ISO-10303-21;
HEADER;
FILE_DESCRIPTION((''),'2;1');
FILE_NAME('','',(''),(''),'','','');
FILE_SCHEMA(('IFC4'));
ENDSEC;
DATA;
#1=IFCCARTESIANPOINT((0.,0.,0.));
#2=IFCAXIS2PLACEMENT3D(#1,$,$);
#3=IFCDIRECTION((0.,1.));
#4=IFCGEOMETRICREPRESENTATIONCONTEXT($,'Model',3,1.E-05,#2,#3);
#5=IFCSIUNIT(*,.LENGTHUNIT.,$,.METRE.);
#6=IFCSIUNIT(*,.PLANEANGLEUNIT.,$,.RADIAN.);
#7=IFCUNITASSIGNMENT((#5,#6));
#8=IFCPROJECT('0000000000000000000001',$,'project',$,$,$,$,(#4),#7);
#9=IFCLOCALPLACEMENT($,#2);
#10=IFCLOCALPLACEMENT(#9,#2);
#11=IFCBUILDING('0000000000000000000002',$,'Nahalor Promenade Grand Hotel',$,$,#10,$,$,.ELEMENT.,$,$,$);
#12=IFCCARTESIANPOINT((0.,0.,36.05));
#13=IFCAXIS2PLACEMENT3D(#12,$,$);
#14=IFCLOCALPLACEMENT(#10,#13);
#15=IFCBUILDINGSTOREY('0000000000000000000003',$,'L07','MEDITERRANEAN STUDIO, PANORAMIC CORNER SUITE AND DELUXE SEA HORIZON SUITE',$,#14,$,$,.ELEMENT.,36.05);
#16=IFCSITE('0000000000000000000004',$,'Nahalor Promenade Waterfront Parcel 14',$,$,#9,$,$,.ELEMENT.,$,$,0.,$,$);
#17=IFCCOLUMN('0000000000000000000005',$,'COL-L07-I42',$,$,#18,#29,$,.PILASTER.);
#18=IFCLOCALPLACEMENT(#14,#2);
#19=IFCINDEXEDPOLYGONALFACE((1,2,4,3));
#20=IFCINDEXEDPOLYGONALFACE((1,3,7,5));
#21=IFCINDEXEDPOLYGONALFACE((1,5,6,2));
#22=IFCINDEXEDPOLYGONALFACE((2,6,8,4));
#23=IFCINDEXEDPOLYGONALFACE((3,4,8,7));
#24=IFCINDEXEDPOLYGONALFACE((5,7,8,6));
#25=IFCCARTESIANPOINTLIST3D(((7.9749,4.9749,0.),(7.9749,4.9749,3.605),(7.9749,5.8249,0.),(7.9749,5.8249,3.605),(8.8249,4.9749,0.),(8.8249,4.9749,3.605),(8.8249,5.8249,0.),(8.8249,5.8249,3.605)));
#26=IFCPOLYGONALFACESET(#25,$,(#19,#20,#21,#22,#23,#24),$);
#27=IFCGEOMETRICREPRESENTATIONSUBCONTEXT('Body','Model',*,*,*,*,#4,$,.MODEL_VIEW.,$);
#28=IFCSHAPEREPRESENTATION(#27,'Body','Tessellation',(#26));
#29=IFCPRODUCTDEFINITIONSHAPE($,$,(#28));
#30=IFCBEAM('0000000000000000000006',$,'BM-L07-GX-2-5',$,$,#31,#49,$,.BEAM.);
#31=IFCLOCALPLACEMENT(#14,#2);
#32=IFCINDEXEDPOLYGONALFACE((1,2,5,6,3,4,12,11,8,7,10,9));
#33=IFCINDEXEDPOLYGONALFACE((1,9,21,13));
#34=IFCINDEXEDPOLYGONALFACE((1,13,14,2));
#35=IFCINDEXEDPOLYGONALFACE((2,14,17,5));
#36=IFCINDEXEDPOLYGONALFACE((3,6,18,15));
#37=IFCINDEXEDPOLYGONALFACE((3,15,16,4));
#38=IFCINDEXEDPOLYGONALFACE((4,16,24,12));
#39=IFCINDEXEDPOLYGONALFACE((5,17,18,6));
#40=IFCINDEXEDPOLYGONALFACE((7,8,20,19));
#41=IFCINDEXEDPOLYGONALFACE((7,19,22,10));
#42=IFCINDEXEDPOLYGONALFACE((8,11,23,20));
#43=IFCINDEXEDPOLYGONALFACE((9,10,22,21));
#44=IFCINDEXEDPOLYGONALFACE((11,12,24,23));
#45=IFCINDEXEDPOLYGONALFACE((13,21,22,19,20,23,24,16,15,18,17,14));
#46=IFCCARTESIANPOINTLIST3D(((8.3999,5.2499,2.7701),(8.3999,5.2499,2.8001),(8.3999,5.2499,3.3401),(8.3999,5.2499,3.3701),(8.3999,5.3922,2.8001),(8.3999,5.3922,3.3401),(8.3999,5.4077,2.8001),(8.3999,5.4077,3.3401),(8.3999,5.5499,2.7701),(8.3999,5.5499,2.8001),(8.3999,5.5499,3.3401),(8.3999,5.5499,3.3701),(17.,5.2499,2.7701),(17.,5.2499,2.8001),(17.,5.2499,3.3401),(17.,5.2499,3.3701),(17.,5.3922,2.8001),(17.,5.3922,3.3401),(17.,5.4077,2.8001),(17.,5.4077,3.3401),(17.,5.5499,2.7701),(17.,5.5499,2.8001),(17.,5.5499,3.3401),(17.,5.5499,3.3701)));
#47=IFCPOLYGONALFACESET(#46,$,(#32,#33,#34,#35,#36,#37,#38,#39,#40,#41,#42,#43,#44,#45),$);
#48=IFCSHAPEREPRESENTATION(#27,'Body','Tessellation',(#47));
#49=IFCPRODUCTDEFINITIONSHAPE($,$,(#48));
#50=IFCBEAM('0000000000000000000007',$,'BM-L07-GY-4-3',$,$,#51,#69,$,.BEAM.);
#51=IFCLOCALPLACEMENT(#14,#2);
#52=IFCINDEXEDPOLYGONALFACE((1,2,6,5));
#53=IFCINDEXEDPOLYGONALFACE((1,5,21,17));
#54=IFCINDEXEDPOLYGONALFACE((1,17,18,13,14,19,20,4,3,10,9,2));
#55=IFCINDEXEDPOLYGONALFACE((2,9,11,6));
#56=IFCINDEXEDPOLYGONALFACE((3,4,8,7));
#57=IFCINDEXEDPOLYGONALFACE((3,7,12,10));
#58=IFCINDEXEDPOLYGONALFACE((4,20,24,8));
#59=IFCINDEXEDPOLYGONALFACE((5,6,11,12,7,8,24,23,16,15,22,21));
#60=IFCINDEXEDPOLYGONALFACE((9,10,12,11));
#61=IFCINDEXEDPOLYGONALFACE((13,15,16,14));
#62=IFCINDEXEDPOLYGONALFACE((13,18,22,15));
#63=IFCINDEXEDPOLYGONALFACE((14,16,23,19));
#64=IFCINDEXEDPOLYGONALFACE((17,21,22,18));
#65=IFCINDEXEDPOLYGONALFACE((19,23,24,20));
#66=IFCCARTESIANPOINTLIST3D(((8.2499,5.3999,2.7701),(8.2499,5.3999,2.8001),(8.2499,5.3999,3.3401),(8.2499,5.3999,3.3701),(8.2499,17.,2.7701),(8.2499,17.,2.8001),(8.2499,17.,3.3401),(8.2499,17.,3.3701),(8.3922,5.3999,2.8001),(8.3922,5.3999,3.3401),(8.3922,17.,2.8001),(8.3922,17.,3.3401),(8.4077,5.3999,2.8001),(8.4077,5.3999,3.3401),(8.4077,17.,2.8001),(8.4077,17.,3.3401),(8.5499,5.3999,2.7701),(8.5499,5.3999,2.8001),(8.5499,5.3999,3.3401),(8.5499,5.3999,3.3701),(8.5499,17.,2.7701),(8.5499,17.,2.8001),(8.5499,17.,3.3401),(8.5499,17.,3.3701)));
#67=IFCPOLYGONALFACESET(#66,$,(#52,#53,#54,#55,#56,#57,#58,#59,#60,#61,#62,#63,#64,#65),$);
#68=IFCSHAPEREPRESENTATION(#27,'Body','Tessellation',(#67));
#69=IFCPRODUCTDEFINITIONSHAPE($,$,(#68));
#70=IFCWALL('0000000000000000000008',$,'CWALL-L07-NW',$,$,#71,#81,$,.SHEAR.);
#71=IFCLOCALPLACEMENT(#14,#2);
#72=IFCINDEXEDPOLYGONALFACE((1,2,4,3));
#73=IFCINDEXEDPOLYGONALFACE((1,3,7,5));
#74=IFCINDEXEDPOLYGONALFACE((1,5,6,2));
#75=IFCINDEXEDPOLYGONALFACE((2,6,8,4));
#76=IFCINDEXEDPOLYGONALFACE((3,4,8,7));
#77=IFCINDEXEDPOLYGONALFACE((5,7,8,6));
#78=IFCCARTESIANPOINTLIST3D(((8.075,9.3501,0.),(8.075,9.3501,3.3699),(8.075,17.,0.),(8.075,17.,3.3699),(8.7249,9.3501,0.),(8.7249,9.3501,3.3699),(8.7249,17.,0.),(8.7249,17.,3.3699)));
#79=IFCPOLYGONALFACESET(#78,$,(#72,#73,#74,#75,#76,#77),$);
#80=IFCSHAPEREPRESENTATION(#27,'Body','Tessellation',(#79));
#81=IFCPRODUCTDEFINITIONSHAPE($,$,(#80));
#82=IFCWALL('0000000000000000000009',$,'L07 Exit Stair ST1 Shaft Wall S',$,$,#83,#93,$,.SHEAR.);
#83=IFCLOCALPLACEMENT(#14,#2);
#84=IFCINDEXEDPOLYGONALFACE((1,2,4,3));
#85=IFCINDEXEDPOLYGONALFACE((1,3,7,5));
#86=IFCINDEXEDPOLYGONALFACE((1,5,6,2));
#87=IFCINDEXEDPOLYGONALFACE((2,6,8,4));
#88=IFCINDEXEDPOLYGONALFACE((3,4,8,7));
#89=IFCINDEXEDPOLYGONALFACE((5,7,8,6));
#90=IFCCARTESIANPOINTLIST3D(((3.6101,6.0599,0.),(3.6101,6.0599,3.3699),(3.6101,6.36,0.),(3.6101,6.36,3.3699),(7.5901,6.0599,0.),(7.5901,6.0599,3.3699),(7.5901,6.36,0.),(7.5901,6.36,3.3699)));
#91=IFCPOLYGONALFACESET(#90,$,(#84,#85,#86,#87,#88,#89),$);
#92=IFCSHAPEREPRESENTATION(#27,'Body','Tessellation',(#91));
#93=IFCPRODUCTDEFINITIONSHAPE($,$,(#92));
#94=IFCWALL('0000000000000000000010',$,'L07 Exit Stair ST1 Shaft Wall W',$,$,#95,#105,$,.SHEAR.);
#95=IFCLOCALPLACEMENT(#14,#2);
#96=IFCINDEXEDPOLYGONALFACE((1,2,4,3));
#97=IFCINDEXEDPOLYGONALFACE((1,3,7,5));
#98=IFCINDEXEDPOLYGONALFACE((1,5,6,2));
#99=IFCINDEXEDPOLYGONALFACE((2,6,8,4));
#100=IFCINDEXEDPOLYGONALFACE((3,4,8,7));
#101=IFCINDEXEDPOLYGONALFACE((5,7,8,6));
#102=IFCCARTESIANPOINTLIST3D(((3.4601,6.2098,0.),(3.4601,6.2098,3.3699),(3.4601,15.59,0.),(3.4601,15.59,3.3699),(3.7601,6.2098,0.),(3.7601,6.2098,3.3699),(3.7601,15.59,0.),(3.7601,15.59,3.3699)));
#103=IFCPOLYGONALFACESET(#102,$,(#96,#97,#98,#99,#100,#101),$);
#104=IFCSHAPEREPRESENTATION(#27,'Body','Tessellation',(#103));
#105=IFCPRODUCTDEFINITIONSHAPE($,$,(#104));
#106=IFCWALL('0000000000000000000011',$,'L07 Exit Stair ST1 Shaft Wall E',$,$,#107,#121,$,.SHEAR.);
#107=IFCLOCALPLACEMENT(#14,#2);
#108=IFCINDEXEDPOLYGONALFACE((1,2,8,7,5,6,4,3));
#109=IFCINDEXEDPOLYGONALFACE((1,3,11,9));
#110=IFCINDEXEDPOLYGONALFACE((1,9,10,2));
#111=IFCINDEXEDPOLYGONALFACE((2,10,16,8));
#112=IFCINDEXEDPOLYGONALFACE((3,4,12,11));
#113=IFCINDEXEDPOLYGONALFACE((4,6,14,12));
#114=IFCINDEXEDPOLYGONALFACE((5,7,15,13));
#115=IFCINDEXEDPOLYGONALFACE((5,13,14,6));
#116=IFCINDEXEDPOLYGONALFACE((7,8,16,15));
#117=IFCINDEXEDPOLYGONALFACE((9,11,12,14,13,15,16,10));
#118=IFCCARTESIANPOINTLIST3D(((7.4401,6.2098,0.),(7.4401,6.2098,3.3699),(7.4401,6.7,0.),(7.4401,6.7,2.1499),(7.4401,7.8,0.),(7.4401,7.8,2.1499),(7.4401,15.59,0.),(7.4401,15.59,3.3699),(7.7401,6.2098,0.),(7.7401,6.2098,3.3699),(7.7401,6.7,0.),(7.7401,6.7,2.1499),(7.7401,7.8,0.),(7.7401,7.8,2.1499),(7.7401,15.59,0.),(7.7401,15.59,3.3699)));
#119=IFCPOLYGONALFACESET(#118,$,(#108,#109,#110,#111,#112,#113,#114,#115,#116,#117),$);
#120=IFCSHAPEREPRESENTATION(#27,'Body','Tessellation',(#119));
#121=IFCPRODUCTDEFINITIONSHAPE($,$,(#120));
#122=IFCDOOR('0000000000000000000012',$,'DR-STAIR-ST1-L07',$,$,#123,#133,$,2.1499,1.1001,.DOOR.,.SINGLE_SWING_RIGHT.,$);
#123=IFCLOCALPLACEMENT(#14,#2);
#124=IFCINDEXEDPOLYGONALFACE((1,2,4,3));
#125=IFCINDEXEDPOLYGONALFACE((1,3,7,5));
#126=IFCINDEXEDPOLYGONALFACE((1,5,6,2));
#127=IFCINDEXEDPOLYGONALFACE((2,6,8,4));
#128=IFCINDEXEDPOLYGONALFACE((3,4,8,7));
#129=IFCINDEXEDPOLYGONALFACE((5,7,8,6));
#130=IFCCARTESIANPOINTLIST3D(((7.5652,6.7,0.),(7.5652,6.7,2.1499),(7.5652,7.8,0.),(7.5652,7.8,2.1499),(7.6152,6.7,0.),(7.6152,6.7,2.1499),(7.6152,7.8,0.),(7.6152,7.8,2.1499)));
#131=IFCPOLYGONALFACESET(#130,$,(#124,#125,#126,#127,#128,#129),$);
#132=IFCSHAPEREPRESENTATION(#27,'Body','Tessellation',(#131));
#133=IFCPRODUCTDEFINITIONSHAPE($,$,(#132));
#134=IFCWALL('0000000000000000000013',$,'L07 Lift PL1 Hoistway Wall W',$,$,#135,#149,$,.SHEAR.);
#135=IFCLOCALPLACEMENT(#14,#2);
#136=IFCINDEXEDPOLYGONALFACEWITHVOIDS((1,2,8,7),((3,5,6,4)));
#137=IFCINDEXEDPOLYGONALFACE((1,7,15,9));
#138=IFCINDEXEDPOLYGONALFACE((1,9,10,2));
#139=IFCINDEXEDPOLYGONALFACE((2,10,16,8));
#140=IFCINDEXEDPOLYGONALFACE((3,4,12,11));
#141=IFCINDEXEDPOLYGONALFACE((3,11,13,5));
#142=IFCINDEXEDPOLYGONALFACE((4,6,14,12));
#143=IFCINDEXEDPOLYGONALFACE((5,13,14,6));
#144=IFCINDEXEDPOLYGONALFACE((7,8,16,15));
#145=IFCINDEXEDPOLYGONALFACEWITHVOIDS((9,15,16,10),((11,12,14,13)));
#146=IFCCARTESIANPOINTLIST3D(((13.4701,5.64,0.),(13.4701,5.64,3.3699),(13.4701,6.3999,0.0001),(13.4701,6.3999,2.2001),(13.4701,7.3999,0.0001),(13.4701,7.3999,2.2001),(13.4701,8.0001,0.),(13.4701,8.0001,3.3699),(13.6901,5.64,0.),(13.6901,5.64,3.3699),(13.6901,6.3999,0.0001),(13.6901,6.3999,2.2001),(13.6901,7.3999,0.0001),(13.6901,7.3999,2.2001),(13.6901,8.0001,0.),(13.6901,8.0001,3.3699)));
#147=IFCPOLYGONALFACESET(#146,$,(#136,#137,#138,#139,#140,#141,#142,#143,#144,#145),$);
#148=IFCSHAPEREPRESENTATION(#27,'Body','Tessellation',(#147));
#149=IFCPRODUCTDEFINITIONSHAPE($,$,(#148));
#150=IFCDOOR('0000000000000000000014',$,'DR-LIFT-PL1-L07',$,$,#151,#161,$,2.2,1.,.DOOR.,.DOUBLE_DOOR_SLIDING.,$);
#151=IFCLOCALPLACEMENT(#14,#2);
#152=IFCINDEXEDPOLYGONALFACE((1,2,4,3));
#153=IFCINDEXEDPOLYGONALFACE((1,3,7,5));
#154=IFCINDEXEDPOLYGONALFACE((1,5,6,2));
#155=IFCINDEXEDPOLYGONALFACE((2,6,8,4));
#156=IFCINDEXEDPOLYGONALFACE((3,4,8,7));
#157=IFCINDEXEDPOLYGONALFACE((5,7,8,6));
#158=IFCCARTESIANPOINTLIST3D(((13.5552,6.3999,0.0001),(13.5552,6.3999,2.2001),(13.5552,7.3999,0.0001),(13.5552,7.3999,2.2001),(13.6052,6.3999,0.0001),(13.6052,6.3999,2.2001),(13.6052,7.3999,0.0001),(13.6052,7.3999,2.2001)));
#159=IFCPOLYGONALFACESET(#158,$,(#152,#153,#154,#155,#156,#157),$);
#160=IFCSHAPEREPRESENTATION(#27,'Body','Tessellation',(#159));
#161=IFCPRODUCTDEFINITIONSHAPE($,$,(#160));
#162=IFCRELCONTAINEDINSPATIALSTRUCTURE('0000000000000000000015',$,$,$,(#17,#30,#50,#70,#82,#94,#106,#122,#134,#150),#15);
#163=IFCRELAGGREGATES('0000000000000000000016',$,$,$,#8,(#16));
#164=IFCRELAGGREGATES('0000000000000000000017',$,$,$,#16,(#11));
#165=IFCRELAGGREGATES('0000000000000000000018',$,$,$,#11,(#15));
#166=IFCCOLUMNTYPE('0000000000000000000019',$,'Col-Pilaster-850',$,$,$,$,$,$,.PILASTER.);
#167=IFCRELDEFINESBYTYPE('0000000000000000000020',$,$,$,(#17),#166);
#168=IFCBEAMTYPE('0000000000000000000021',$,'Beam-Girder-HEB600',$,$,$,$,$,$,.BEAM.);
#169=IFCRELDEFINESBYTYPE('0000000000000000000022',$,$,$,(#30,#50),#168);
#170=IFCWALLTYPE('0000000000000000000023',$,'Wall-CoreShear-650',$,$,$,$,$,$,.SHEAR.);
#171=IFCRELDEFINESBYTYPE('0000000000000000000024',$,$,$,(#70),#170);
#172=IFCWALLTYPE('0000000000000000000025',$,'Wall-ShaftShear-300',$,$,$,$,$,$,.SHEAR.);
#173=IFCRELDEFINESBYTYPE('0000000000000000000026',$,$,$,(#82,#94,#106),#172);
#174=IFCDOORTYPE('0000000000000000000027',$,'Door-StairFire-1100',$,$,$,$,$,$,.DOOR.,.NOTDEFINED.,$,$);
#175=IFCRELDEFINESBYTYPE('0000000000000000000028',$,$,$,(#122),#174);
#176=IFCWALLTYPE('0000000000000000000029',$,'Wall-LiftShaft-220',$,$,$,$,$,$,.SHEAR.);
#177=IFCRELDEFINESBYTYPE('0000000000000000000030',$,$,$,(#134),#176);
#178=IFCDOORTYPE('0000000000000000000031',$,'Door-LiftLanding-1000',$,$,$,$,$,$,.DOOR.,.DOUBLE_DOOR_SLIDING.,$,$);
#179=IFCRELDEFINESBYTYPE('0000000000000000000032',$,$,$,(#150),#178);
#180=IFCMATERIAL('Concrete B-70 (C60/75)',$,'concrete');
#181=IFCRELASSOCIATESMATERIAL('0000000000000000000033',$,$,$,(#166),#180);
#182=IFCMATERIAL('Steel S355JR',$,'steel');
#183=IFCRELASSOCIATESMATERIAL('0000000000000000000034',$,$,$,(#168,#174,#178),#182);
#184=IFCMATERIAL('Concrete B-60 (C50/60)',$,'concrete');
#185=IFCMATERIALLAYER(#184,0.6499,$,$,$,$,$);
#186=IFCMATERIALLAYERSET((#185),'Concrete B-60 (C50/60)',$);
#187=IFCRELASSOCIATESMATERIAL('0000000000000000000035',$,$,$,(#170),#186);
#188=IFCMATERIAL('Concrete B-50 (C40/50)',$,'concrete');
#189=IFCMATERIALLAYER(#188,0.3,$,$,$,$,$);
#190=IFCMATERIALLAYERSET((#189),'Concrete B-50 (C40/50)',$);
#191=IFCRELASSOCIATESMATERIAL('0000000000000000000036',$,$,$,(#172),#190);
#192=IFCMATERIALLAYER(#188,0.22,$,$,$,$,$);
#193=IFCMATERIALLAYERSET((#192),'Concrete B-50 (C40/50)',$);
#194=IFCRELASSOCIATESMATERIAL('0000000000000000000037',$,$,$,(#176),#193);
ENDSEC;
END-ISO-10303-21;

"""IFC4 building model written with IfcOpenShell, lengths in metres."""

from ifc_helpers import new_model, si_unit, direction, frame, frame_2d, origin, origin_2d, place, context, subcontext, project, spatial, rectangle, i_section, extrude, source, transform, mapped, material, layer, layer_set, material_profile, profile_set, type_object, element, fill, save


model = new_model("IFC4")

# Units and contexts
model_context = context("Model", 3, precision=1e-05, world=origin(), true_north=direction((0.0, 1.0)))
body_context = subcontext(model_context, "Body", "Model", "MODEL_VIEW")
ifc_project = project(units=[si_unit("LENGTHUNIT", "METRE"), si_unit("PLANEANGLEUNIT", "RADIAN")], contexts=[model_context])

# Site, building, storey
site_placement = place(None, origin())
site = spatial("IfcSite", under=ifc_project, at=site_placement, Name="Nahalor Promenade Waterfront Parcel 14", CompositionType="ELEMENT", RefElevation=0.0)
building_placement = place(site_placement, origin())
building = spatial("IfcBuilding", under=site, at=building_placement, Name="Nahalor Promenade Grand Hotel", CompositionType="ELEMENT")
storey_placement = place(building_placement, frame((0.0, 0.0, 36.05)))
storey = spatial("IfcBuildingStorey", under=building, at=storey_placement, Name="L07", Description="MEDITERRANEAN STUDIO, PANORAMIC CORNER SUITE AND DELUXE SEA HORIZON SUITE", CompositionType="ELEMENT", Elevation=36.05)

# Column
ifc_material_1 = material(Name="Concrete B-70 (C60/75)", Category="concrete")
ifc_material_profile_1 = material_profile(ifc_material_1, rectangle(XDim=0.85, YDim=0.85, at=origin_2d()), Name="RC 850x850")
ifc_profile_set_1 = profile_set([ifc_material_profile_1], Name="Concrete B-70 (C60/75)")
column_type = type_object("IfcColumnType", Name="Col-Pilaster-850", PredefinedType="PILASTER", material=ifc_profile_set_1)
shared_shape_1 = source(origin(), body_context, "Body", "SweptSolid", [
    extrude(rectangle(XDim=0.85, YDim=0.85, at=origin_2d()), origin(), (0.0, 0.0, 1.0), 3.605),
])
column_placement = place(storey_placement, frame((8.3999, 5.3999, 0.0), z_axis=(0.0, 0.0, 1.0), x_axis=(1.0, 0.0, 0.0)))
element("IfcColumn", 1, at=column_placement, inside=storey, type_object=column_type, Name="COL-L07-I42", PredefinedType="PILASTER", context=body_context, shape_type="MappedRepresentation", body=[
    mapped(shared_shape_1, transform((0.0, 0.0, 0.0), scale=1.0)),
])

# Beams
ifc_material_2 = material(Name="Steel S355JR", Category="steel")
ifc_material_profile_2 = material_profile(ifc_material_2, i_section(OverallWidth=0.3, OverallDepth=0.6, WebThickness=0.0155, FlangeThickness=0.03, at=origin_2d()), Name="HEB 600")
ifc_profile_set_2 = profile_set([ifc_material_profile_2], Name="Steel S355JR")
beam_type = type_object("IfcBeamType", Name="Beam-Girder-HEB600", PredefinedType="BEAM", material=ifc_profile_set_2)
shared_shape_2 = source(origin(), body_context, "Body", "SweptSolid", [
    extrude(i_section(OverallWidth=0.3, OverallDepth=0.6, WebThickness=0.0155, FlangeThickness=0.03, at=origin_2d()), origin(), (0.0, 0.0, 1.0), 8.6001),
])
beam_1_placement = place(storey_placement, frame((8.3999, 5.3999, 3.0701), z_axis=(1.0, 0.0, 0.0), x_axis=(0.0, 1.0, 0.0)))
element("IfcBeam", 2, at=beam_1_placement, inside=storey, type_object=beam_type, Name="BM-L07-GX-2-5", PredefinedType="BEAM", context=body_context, shape_type="MappedRepresentation", body=[
    mapped(shared_shape_2, transform((0.0, 0.0, 0.0), scale=1.0)),
])
shared_shape_3 = source(origin(), body_context, "Body", "SweptSolid", [
    extrude(i_section(OverallWidth=0.3, OverallDepth=0.6, WebThickness=0.0155, FlangeThickness=0.03, at=origin_2d()), origin(), (0.0, 0.0, 1.0), 11.6001),
])
beam_2_placement = place(storey_placement, frame((8.3999, 5.3999, 3.0701), z_axis=(0.0, 1.0, 0.0), x_axis=(-1.0, 0.0, 0.0)))
element("IfcBeam", 3, at=beam_2_placement, inside=storey, type_object=beam_type, Name="BM-L07-GY-4-3", PredefinedType="BEAM", context=body_context, shape_type="MappedRepresentation", body=[
    mapped(shared_shape_3, transform((0.0, 0.0, 0.0), scale=1.0)),
])

# Walls
ifc_material_3 = material(Name="Concrete B-60 (C50/60)", Category="concrete")
ifc_layer_1 = layer(ifc_material_3, 0.6499)
ifc_layer_set_1 = layer_set([ifc_layer_1], Name="Concrete B-60 (C50/60)")
wall_type_1 = type_object("IfcWallType", Name="Wall-CoreShear-650", PredefinedType="SHEAR", material=ifc_layer_set_1)
shared_shape_4 = source(origin(), body_context, "Body", "SweptSolid", [
    extrude(rectangle(XDim=7.6499, YDim=0.6499, at=frame_2d((3.825, 0.0))), origin(), (0.0, 0.0, 1.0), 3.3699),
])
wall_1_placement = place(storey_placement, frame((8.3999, 9.3501, 0.0), z_axis=(0.0, 0.0, 1.0), x_axis=(0.0, 1.0, 0.0)))
element("IfcWall", 4, at=wall_1_placement, inside=storey, type_object=wall_type_1, Name="CWALL-L07-NW", PredefinedType="SHEAR", context=body_context, shape_type="MappedRepresentation", body=[
    mapped(shared_shape_4, transform((0.0, 0.0, 0.0), scale=1.0)),
])
ifc_material_4 = material(Name="Concrete B-50 (C40/50)", Category="concrete")
ifc_layer_2 = layer(ifc_material_4, 0.3)
ifc_layer_set_2 = layer_set([ifc_layer_2], Name="Concrete B-50 (C40/50)")
wall_type_2 = type_object("IfcWallType", Name="Wall-ShaftShear-300", PredefinedType="SHEAR", material=ifc_layer_set_2)
shared_shape_5 = source(origin(), body_context, "Body", "SweptSolid", [
    extrude(rectangle(XDim=3.98, YDim=0.3, at=frame_2d((1.99, 0.0))), origin(), (0.0, 0.0, 1.0), 3.3699),
])
wall_2_placement = place(storey_placement, frame((3.6101, 6.21, 0.0), z_axis=(0.0, 0.0, 1.0), x_axis=(1.0, 0.0, 0.0)))
element("IfcWall", 5, at=wall_2_placement, inside=storey, type_object=wall_type_2, Name="L07 Exit Stair ST1 Shaft Wall S", PredefinedType="SHEAR", context=body_context, shape_type="MappedRepresentation", body=[
    mapped(shared_shape_5, transform((0.0, 0.0, 0.0), scale=1.0)),
])
shared_shape_6 = source(origin(), body_context, "Body", "SweptSolid", [
    extrude(rectangle(XDim=9.3801, YDim=0.3, at=frame_2d((4.6899, 0.0))), origin(), (0.0, 0.0, 1.0), 3.3699),
])
wall_3_placement = place(storey_placement, frame((3.6101, 6.21, 0.0), z_axis=(0.0, 0.0, 1.0), x_axis=(0.0, 1.0, 0.0)))
element("IfcWall", 6, at=wall_3_placement, inside=storey, type_object=wall_type_2, Name="L07 Exit Stair ST1 Shaft Wall W", PredefinedType="SHEAR", context=body_context, shape_type="MappedRepresentation", body=[
    mapped(shared_shape_6, transform((0.0, 0.0, 0.0), scale=1.0)),
])

# Walls, openings, doors
wall_4_placement = place(storey_placement, frame((7.5901, 6.21, 0.0), z_axis=(0.0, 0.0, 1.0), x_axis=(0.0, 1.0, 0.0)))
wall_4 = element("IfcWall", 7, at=wall_4_placement, inside=storey, type_object=wall_type_2, Name="L07 Exit Stair ST1 Shaft Wall E", PredefinedType="SHEAR", context=body_context, shape_type="MappedRepresentation", body=[
    mapped(shared_shape_6, transform((0.0, 0.0, 0.0), scale=1.0)),
])
opening_1_placement = place(wall_4_placement, frame((0.49, 0.0, 0.0)))
opening_1 = element("IfcOpeningElement", 8, at=opening_1_placement, cuts=wall_4, PredefinedType="OPENING", context=body_context, shape_type="SweptSolid", body=[
    extrude(rectangle(XDim=1.1001, YDim=2.1499, at=frame_2d((0.55, 1.075))), frame((0.0, 0.1599, 0.0), z_axis=(0.0, -1.0, 0.0), x_axis=(1.0, 0.0, 0.0)), (0.0, 0.0, 1.0), 0.3201),
])
door_type_1 = type_object("IfcDoorType", Name="Door-StairFire-1100", OperationType="NOTDEFINED", PredefinedType="DOOR", material=ifc_material_2)
shared_shape_7 = source(origin(), body_context, "Body", "SweptSolid", [
    extrude(rectangle(XDim=1.1001, YDim=2.1499, at=frame_2d((0.55, 1.075))), frame((0.0, 0.0249, 0.0), z_axis=(0.0, -1.0, 0.0), x_axis=(1.0, 0.0, 0.0)), (0.0, 0.0, 1.0), 0.05),
])
door_1_placement = place(opening_1_placement, origin())
door_1 = element("IfcDoor", 9, at=door_1_placement, inside=storey, type_object=door_type_1, Name="DR-STAIR-ST1-L07", OperationType="SINGLE_SWING_RIGHT", OverallHeight=2.1499, OverallWidth=1.1001, PredefinedType="DOOR", context=body_context, shape_type="MappedRepresentation", body=[
    mapped(shared_shape_7, transform((0.0, 0.0, 0.0), scale=1.0)),
])
fill(opening_1, door_1)
ifc_layer_3 = layer(ifc_material_4, 0.22)
ifc_layer_set_3 = layer_set([ifc_layer_3], Name="Concrete B-50 (C40/50)")
wall_type_3 = type_object("IfcWallType", Name="Wall-LiftShaft-220", PredefinedType="SHEAR", material=ifc_layer_set_3)
shared_shape_8 = source(origin(), body_context, "Body", "SweptSolid", [
    extrude(rectangle(XDim=2.3601, YDim=0.22, at=frame_2d((1.1802, 0.0))), origin(), (0.0, 0.0, 1.0), 3.3699),
])
wall_5_placement = place(storey_placement, frame((13.5801, 5.6399, 0.0), z_axis=(0.0, 0.0, 1.0), x_axis=(0.0, 1.0, 0.0)))
wall_5 = element("IfcWall", 10, at=wall_5_placement, inside=storey, type_object=wall_type_3, Name="L07 Lift PL1 Hoistway Wall W", PredefinedType="SHEAR", context=body_context, shape_type="MappedRepresentation", body=[
    mapped(shared_shape_8, transform((0.0, 0.0, 0.0), scale=1.0)),
])
opening_2_placement = place(wall_5_placement, frame((0.76, 0.0, 0.0)))
opening_2 = element("IfcOpeningElement", 11, at=opening_2_placement, cuts=wall_5, PredefinedType="OPENING", context=body_context, shape_type="SweptSolid", body=[
    extrude(rectangle(XDim=1.0, YDim=2.2, at=frame_2d((0.5, 1.1001))), frame((0.0, 0.1199, 0.0), z_axis=(0.0, -1.0, 0.0), x_axis=(1.0, 0.0, 0.0)), (0.0, 0.0, 1.0), 0.24),
])
door_type_2 = type_object("IfcDoorType", Name="Door-LiftLanding-1000", OperationType="DOUBLE_DOOR_SLIDING", PredefinedType="DOOR", material=ifc_material_2)
shared_shape_9 = source(origin(), body_context, "Body", "SweptSolid", [
    extrude(rectangle(XDim=1.0, YDim=2.2, at=frame_2d((0.5, 1.1001))), frame((0.0, 0.0249, 0.0), z_axis=(0.0, -1.0, 0.0), x_axis=(1.0, 0.0, 0.0)), (0.0, 0.0, 1.0), 0.05),
])
door_2_placement = place(opening_2_placement, origin())
door_2 = element("IfcDoor", 12, at=door_2_placement, inside=storey, type_object=door_type_2, Name="DR-LIFT-PL1-L07", OperationType="DOUBLE_DOOR_SLIDING", OverallHeight=2.2, OverallWidth=1.0, PredefinedType="DOOR", context=body_context, shape_type="MappedRepresentation", body=[
    mapped(shared_shape_9, transform((0.0, 0.0, 0.0), scale=1.0)),
])
fill(opening_2, door_2)

save(model, "model.ifc")
